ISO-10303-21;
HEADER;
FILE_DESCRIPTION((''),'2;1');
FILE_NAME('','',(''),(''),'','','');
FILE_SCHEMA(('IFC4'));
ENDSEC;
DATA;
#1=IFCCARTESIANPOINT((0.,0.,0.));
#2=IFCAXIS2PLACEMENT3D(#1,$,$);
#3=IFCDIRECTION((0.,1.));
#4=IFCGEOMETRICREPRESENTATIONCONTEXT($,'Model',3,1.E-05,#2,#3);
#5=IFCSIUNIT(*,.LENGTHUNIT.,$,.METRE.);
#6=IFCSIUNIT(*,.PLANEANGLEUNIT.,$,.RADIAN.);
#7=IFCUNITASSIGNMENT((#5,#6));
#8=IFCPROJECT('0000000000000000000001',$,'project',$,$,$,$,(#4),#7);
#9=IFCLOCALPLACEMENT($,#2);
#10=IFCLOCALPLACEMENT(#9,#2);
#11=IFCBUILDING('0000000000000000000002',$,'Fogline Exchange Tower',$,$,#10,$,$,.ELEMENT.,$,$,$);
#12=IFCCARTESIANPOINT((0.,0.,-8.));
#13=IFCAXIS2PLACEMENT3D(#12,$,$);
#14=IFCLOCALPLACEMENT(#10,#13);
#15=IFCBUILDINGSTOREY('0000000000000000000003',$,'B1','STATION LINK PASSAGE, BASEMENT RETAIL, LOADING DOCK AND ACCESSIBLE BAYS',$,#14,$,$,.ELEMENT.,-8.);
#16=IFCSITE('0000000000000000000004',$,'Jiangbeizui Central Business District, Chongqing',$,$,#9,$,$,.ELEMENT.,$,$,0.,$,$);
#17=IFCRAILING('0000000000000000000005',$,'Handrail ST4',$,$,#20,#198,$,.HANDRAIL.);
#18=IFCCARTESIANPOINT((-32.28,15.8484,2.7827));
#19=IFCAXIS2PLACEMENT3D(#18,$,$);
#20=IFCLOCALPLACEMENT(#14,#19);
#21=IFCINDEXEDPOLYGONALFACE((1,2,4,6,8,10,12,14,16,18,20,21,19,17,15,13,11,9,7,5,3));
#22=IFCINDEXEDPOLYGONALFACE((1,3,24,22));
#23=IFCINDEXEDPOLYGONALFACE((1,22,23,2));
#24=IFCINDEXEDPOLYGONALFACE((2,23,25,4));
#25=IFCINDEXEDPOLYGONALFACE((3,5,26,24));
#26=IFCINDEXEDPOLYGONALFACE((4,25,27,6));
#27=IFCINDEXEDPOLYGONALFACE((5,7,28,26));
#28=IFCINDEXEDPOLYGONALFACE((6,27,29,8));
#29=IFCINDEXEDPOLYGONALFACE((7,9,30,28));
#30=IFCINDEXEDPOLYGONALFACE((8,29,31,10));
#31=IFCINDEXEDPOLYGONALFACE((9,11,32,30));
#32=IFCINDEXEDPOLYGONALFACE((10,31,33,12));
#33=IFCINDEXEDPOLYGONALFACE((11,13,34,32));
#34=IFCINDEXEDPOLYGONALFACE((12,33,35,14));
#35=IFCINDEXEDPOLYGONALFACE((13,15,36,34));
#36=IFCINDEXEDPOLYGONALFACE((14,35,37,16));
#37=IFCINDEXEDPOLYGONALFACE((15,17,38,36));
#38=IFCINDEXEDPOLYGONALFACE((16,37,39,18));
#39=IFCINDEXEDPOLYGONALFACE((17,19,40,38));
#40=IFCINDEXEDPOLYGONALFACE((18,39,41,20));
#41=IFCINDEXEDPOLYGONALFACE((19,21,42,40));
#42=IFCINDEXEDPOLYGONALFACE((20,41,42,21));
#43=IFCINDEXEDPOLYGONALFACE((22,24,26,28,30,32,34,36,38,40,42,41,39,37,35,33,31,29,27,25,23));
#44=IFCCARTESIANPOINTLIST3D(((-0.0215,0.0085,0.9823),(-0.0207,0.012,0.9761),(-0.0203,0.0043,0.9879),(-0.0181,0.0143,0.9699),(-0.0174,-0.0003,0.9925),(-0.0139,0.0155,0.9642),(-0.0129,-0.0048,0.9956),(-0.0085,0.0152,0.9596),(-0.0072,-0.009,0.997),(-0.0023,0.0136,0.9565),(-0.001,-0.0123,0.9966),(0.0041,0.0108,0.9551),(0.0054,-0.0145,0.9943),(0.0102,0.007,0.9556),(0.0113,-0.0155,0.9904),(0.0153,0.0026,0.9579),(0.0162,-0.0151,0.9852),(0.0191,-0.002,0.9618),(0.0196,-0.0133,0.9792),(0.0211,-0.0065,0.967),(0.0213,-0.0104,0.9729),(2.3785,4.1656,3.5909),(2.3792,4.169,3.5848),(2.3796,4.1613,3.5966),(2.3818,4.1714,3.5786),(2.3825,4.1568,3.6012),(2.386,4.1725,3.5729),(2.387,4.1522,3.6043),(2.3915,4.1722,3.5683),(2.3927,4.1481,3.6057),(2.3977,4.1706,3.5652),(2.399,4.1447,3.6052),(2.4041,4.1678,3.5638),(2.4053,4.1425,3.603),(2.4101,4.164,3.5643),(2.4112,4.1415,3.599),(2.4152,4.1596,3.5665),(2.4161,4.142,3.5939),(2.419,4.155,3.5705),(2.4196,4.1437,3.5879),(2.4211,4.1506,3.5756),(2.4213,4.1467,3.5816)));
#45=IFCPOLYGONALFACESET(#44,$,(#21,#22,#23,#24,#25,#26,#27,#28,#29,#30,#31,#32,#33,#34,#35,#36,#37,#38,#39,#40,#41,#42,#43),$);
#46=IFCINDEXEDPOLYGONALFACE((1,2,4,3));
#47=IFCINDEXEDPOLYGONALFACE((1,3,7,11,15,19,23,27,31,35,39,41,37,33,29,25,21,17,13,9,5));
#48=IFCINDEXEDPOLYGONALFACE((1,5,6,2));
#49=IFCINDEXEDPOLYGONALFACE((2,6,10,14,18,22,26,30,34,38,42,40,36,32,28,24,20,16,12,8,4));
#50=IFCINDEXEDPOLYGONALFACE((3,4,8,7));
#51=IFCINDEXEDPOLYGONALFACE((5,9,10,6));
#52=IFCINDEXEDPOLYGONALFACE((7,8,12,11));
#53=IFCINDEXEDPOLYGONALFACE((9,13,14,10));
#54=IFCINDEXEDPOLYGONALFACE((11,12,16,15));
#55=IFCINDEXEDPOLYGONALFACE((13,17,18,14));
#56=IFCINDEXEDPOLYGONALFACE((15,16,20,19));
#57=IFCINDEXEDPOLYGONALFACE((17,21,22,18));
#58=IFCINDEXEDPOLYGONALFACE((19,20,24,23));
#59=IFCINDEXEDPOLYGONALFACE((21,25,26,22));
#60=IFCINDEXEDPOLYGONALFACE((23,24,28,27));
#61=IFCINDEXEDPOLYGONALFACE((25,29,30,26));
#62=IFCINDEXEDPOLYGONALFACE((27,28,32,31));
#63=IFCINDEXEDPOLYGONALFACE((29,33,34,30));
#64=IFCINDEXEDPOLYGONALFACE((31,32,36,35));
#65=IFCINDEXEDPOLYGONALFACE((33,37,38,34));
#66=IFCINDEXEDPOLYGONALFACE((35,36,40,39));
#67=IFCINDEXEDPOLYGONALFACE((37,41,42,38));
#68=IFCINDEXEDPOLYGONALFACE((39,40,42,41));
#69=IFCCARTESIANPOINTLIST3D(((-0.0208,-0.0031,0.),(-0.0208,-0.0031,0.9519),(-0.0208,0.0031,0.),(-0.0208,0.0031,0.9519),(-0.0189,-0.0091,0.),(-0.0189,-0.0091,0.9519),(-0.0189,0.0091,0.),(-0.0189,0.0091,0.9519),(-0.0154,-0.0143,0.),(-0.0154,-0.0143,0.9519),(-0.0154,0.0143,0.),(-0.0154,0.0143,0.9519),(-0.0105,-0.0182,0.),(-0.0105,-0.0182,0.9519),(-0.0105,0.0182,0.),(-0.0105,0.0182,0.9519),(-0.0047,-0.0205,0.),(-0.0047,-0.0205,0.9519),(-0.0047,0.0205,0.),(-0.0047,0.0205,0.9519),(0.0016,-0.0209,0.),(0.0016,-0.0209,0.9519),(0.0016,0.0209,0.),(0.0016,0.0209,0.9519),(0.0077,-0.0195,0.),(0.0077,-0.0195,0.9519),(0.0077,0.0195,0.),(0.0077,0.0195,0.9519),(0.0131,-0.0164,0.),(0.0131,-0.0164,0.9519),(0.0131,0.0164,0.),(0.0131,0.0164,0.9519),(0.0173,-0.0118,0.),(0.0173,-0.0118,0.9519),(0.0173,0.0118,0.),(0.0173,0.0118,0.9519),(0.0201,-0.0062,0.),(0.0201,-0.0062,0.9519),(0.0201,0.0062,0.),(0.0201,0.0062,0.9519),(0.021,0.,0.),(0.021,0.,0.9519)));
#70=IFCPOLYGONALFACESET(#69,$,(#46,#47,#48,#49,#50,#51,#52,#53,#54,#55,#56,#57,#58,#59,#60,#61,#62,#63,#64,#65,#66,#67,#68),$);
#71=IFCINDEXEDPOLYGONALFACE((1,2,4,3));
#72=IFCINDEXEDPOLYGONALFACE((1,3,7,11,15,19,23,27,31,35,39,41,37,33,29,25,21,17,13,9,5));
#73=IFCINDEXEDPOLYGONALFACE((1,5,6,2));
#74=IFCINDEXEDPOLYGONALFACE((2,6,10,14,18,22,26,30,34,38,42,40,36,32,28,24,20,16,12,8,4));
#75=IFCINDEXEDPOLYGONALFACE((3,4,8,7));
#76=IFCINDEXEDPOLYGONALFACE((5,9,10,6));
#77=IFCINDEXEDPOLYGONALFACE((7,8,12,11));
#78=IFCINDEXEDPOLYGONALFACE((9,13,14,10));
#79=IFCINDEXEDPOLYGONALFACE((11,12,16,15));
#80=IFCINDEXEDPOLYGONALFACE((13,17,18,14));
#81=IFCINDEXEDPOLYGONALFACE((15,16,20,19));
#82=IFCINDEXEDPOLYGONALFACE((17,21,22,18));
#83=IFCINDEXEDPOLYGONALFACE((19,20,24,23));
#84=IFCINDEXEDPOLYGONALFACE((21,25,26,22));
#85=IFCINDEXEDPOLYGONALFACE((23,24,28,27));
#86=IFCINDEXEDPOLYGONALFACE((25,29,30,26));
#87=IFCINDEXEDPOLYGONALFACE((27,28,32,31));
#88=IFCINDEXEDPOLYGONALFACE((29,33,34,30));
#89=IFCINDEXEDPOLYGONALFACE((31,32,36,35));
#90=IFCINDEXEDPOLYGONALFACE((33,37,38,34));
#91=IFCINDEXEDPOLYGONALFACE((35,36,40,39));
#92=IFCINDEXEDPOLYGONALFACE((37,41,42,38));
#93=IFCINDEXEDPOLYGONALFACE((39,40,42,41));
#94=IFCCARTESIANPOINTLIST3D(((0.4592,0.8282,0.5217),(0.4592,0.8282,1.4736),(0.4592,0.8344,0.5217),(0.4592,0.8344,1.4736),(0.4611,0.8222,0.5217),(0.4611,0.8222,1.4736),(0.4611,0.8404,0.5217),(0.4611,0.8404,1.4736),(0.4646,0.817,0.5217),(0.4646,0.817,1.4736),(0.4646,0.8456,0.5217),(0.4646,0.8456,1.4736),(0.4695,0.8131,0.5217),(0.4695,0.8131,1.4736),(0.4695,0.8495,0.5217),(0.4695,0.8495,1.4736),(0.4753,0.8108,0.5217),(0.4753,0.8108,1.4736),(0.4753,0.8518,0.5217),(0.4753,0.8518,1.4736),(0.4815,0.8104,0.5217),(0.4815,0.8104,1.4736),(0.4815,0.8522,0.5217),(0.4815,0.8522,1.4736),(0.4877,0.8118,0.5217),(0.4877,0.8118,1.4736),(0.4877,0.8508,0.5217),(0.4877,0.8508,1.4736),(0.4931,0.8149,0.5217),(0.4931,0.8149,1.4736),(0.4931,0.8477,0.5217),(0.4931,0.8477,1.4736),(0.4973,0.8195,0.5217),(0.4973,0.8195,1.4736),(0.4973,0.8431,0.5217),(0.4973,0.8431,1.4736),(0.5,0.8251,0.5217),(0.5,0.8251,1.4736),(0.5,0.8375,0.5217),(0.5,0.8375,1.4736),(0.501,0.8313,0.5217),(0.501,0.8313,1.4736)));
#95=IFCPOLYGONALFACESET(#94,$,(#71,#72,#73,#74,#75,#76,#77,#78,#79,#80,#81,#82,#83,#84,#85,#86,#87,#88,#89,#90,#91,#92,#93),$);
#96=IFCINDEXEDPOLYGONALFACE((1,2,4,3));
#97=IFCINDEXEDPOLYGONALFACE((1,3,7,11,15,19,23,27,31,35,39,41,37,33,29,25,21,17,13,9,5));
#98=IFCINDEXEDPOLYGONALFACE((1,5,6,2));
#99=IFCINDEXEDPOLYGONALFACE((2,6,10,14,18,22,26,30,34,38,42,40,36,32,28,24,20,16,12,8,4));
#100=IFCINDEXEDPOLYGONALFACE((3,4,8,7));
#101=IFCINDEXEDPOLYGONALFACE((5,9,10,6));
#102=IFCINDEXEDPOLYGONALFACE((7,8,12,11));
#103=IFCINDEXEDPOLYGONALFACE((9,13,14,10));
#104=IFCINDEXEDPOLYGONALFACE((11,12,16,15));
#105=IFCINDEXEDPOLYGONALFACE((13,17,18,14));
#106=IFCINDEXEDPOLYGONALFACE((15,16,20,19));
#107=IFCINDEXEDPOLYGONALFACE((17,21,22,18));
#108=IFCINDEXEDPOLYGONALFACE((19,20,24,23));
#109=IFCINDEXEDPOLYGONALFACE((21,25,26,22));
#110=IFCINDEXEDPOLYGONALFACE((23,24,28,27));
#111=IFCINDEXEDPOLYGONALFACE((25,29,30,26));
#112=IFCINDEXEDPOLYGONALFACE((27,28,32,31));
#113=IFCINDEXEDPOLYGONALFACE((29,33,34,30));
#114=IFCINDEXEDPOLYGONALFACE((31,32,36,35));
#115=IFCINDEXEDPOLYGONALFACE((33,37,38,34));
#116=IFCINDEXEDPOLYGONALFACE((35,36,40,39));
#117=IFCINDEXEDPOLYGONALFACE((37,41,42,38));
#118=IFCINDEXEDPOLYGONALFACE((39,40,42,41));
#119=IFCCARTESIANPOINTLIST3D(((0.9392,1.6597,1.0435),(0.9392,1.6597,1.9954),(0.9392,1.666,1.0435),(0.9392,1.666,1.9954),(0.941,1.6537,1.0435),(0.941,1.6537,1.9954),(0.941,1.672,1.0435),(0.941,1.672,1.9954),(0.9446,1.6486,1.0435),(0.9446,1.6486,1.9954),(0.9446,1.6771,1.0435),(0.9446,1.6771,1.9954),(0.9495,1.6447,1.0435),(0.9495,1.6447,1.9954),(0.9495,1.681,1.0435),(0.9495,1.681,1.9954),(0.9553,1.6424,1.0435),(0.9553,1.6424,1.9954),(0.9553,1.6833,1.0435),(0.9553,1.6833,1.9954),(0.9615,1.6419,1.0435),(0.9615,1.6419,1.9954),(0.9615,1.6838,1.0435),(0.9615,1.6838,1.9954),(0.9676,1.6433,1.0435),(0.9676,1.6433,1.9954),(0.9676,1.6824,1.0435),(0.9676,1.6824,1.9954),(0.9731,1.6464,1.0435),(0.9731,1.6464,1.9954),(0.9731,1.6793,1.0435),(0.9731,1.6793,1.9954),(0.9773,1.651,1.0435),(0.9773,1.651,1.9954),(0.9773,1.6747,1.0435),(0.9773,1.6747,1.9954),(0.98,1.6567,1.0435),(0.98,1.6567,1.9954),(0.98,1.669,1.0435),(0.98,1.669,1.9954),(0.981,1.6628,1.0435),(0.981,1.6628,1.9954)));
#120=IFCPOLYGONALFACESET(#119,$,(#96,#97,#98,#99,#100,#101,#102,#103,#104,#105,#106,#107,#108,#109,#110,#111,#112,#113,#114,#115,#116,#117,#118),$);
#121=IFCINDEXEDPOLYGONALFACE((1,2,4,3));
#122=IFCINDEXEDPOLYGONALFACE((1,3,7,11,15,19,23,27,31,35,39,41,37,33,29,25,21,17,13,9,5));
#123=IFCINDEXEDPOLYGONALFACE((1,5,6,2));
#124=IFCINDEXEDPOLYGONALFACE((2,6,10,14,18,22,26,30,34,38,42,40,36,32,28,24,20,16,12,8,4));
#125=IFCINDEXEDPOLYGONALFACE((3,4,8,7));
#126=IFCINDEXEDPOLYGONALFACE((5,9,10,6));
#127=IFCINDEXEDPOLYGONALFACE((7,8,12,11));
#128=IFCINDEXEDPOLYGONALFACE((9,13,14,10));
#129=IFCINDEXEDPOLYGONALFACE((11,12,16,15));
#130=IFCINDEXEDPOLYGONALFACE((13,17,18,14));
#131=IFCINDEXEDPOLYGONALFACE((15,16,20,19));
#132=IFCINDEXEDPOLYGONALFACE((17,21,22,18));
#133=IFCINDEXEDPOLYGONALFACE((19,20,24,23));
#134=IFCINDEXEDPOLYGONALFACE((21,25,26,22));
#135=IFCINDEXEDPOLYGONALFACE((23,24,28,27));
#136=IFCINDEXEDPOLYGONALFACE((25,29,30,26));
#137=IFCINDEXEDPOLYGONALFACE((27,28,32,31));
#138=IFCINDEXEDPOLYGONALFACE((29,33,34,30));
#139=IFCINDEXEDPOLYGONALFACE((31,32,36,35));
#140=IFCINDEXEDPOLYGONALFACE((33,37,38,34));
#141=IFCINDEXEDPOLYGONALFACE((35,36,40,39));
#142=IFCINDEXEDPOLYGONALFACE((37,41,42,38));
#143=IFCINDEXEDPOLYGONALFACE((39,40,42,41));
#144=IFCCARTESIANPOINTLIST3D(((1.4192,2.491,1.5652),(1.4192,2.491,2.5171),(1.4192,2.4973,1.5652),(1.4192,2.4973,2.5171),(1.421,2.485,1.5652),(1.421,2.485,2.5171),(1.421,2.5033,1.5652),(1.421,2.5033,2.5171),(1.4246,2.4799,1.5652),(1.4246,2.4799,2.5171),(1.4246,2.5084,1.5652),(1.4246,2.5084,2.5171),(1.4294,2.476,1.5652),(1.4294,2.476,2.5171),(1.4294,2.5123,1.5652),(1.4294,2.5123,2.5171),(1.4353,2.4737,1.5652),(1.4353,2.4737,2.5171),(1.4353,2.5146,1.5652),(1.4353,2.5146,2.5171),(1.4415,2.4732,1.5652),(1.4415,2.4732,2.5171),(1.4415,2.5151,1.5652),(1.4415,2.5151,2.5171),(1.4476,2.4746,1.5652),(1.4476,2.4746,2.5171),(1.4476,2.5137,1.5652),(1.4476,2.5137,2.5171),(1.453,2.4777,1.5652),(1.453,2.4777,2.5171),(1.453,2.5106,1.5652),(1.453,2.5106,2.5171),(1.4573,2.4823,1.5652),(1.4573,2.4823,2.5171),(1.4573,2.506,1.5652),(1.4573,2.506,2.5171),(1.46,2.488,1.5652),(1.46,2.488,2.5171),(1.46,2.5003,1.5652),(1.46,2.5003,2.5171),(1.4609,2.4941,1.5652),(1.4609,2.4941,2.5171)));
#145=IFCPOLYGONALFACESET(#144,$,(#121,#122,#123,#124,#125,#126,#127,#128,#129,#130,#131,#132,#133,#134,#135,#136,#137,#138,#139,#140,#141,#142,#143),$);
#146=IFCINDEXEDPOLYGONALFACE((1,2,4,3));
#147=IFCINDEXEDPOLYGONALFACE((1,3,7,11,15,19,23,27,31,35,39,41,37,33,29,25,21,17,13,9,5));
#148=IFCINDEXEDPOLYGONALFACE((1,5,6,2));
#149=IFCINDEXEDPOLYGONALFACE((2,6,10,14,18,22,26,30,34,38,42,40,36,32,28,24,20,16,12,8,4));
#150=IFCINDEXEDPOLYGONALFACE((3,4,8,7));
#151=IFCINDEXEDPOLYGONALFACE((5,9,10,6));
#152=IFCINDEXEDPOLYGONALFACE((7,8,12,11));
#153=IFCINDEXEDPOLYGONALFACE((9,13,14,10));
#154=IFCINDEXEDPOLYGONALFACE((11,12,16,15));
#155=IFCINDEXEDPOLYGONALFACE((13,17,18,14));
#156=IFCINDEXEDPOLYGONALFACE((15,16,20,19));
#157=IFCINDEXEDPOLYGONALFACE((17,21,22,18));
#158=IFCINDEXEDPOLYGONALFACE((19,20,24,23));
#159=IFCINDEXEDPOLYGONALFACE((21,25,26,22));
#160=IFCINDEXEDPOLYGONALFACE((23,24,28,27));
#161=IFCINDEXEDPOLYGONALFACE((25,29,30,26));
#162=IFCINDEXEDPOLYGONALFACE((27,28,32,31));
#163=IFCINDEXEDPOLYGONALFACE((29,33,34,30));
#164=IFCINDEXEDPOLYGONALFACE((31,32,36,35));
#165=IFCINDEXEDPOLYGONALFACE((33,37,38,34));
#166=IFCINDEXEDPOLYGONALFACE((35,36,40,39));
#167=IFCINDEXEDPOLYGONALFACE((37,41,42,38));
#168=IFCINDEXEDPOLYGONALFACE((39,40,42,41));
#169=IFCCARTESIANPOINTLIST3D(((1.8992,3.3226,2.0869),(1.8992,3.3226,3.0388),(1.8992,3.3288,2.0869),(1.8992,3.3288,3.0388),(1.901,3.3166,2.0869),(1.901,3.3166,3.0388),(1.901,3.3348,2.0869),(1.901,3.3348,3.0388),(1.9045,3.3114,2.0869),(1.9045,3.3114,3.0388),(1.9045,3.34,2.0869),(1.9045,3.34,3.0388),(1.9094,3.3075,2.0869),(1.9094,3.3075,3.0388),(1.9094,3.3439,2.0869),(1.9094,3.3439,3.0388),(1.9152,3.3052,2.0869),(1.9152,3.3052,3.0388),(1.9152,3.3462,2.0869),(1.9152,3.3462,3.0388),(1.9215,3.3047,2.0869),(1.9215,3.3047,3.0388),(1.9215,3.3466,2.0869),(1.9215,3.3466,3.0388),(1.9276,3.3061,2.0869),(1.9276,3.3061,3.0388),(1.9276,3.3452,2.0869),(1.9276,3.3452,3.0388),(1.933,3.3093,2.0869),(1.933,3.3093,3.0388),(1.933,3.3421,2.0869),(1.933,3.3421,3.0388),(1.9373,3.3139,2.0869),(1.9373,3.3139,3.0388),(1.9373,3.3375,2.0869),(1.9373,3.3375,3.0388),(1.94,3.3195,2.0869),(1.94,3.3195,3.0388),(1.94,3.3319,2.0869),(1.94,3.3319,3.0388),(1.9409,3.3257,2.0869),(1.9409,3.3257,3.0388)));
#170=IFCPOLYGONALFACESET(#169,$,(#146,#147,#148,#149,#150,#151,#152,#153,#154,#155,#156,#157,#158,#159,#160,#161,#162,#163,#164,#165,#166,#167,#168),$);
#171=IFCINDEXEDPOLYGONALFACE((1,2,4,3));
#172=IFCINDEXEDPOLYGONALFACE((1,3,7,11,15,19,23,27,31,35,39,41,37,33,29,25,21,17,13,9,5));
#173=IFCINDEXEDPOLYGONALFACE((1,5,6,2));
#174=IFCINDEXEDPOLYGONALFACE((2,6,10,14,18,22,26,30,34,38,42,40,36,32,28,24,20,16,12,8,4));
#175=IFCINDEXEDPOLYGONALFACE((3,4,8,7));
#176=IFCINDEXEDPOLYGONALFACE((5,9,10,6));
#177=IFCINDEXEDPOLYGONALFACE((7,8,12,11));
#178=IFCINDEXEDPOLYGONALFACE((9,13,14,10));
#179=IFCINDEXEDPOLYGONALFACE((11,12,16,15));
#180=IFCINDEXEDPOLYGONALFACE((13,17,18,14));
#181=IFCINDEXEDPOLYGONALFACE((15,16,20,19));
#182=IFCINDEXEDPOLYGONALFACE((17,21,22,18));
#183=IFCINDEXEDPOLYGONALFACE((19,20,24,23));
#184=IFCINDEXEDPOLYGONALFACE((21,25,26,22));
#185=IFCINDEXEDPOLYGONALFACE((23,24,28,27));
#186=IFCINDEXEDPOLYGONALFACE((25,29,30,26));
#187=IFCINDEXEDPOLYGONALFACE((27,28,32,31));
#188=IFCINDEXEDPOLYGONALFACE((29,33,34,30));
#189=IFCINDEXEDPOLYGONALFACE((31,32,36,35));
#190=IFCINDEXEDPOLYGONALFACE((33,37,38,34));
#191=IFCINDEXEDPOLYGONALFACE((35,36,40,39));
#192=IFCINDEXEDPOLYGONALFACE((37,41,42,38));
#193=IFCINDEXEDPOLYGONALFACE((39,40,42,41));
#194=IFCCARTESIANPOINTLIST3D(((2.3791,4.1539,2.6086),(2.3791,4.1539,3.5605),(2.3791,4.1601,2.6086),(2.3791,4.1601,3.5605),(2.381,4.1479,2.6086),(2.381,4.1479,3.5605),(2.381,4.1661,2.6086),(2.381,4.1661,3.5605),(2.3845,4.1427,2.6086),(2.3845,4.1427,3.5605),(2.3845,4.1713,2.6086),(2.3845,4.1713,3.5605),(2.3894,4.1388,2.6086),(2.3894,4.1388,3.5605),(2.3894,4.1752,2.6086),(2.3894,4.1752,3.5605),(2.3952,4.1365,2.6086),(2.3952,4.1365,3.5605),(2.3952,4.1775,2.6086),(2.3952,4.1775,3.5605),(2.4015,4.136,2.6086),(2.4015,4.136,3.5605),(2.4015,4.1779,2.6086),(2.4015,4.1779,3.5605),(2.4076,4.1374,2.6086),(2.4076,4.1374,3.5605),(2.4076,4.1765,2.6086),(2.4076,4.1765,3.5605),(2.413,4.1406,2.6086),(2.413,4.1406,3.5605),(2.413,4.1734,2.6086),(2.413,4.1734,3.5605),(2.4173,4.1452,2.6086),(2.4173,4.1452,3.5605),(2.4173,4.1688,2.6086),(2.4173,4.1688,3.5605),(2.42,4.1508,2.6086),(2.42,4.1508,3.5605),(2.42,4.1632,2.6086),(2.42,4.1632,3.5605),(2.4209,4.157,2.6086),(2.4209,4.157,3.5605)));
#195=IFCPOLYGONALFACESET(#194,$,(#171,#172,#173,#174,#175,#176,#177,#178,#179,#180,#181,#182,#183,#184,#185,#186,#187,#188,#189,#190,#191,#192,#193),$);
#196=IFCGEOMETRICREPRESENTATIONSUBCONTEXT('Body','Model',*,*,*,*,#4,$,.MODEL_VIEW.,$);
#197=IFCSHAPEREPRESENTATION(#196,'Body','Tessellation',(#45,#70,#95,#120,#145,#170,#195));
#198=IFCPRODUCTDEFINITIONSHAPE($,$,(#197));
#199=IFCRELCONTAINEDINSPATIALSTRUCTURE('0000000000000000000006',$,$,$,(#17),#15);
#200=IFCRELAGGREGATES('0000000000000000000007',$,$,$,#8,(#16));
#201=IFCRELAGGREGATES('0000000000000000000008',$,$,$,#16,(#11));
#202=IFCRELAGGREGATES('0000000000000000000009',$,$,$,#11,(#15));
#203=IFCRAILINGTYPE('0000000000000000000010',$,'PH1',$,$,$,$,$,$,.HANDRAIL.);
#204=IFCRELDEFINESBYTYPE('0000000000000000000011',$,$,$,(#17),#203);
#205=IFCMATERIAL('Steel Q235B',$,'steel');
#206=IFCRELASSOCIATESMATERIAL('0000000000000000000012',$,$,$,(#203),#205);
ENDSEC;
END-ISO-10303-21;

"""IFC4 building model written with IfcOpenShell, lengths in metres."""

from ifc_helpers import new_model, si_unit, direction, frame, origin, origin_2d, place, context, subcontext, project, spatial, circle, extrude, material, type_object, element, save


model = new_model("IFC4")

# Units and contexts
model_context = context("Model", 3, precision=1e-05, world=origin(), true_north=direction((0.0, 1.0)))
body_context = subcontext(model_context, "Body", "Model", "MODEL_VIEW")
ifc_project = project(units=[si_unit("LENGTHUNIT", "METRE"), si_unit("PLANEANGLEUNIT", "RADIAN")], contexts=[model_context])

# Site, building, storey
site_placement = place(None, origin())
site = spatial("IfcSite", under=ifc_project, at=site_placement, Name="Jiangbeizui Central Business District, Chongqing", CompositionType="ELEMENT", RefElevation=0.0)
building_placement = place(site_placement, origin())
building = spatial("IfcBuilding", under=site, at=building_placement, Name="Fogline Exchange Tower", CompositionType="ELEMENT")
storey_placement = place(building_placement, frame((0.0, 0.0, -8.0)))
storey = spatial("IfcBuildingStorey", under=building, at=storey_placement, Name="B1", Description="STATION LINK PASSAGE, BASEMENT RETAIL, LOADING DOCK AND ACCESSIBLE BAYS", CompositionType="ELEMENT", Elevation=-8.0)

# Shared definitions
ifc_material_1 = material(Name="Steel Q235B", Category="steel")

# Railing
railing_type_1 = type_object("IfcRailingType", Name="PH1", PredefinedType="HANDRAIL", material=ifc_material_1)
for number, where, name in (
    (1, (-32.28, 15.8484, 2.7827), "Handrail ST4"),
):
    element("IfcRailing", number, at=place(storey_placement, frame(where)), inside=storey, type_object=railing_type_1, Name=name, PredefinedType="HANDRAIL", context=body_context, shape_type="SweptSolid", body=[
        extrude(circle(Radius=0.0239, at=origin_2d()), frame((0.0, 0.0, 0.9761), z_axis=(0.439296, 0.760925, 0.477506), x_axis=(-0.866037, 0.499979, 0.0)), (0.0, 0.0, 1.0), 5.4631),
        extrude(circle(Radius=0.021, at=origin_2d()), origin(), (0.0, 0.0, 1.0), 0.9519),
        extrude(circle(Radius=0.021, at=origin_2d()), frame((0.48, 0.8313, 0.5217)), (0.0, 0.0, 1.0), 0.9519),
        extrude(circle(Radius=0.021, at=origin_2d()), frame((0.96, 1.6628, 1.0435)), (0.0, 0.0, 1.0), 0.9519),
        extrude(circle(Radius=0.021, at=origin_2d()), frame((1.4399, 2.4941, 1.5652)), (0.0, 0.0, 1.0), 0.9519),
        extrude(circle(Radius=0.021, at=origin_2d()), frame((1.9199, 3.3257, 2.0869)), (0.0, 0.0, 1.0), 0.9519),
        extrude(circle(Radius=0.021, at=origin_2d()), frame((2.3999, 4.157, 2.6086)), (0.0, 0.0, 1.0), 0.9519),
    ])

save(model, "model.ifc")
